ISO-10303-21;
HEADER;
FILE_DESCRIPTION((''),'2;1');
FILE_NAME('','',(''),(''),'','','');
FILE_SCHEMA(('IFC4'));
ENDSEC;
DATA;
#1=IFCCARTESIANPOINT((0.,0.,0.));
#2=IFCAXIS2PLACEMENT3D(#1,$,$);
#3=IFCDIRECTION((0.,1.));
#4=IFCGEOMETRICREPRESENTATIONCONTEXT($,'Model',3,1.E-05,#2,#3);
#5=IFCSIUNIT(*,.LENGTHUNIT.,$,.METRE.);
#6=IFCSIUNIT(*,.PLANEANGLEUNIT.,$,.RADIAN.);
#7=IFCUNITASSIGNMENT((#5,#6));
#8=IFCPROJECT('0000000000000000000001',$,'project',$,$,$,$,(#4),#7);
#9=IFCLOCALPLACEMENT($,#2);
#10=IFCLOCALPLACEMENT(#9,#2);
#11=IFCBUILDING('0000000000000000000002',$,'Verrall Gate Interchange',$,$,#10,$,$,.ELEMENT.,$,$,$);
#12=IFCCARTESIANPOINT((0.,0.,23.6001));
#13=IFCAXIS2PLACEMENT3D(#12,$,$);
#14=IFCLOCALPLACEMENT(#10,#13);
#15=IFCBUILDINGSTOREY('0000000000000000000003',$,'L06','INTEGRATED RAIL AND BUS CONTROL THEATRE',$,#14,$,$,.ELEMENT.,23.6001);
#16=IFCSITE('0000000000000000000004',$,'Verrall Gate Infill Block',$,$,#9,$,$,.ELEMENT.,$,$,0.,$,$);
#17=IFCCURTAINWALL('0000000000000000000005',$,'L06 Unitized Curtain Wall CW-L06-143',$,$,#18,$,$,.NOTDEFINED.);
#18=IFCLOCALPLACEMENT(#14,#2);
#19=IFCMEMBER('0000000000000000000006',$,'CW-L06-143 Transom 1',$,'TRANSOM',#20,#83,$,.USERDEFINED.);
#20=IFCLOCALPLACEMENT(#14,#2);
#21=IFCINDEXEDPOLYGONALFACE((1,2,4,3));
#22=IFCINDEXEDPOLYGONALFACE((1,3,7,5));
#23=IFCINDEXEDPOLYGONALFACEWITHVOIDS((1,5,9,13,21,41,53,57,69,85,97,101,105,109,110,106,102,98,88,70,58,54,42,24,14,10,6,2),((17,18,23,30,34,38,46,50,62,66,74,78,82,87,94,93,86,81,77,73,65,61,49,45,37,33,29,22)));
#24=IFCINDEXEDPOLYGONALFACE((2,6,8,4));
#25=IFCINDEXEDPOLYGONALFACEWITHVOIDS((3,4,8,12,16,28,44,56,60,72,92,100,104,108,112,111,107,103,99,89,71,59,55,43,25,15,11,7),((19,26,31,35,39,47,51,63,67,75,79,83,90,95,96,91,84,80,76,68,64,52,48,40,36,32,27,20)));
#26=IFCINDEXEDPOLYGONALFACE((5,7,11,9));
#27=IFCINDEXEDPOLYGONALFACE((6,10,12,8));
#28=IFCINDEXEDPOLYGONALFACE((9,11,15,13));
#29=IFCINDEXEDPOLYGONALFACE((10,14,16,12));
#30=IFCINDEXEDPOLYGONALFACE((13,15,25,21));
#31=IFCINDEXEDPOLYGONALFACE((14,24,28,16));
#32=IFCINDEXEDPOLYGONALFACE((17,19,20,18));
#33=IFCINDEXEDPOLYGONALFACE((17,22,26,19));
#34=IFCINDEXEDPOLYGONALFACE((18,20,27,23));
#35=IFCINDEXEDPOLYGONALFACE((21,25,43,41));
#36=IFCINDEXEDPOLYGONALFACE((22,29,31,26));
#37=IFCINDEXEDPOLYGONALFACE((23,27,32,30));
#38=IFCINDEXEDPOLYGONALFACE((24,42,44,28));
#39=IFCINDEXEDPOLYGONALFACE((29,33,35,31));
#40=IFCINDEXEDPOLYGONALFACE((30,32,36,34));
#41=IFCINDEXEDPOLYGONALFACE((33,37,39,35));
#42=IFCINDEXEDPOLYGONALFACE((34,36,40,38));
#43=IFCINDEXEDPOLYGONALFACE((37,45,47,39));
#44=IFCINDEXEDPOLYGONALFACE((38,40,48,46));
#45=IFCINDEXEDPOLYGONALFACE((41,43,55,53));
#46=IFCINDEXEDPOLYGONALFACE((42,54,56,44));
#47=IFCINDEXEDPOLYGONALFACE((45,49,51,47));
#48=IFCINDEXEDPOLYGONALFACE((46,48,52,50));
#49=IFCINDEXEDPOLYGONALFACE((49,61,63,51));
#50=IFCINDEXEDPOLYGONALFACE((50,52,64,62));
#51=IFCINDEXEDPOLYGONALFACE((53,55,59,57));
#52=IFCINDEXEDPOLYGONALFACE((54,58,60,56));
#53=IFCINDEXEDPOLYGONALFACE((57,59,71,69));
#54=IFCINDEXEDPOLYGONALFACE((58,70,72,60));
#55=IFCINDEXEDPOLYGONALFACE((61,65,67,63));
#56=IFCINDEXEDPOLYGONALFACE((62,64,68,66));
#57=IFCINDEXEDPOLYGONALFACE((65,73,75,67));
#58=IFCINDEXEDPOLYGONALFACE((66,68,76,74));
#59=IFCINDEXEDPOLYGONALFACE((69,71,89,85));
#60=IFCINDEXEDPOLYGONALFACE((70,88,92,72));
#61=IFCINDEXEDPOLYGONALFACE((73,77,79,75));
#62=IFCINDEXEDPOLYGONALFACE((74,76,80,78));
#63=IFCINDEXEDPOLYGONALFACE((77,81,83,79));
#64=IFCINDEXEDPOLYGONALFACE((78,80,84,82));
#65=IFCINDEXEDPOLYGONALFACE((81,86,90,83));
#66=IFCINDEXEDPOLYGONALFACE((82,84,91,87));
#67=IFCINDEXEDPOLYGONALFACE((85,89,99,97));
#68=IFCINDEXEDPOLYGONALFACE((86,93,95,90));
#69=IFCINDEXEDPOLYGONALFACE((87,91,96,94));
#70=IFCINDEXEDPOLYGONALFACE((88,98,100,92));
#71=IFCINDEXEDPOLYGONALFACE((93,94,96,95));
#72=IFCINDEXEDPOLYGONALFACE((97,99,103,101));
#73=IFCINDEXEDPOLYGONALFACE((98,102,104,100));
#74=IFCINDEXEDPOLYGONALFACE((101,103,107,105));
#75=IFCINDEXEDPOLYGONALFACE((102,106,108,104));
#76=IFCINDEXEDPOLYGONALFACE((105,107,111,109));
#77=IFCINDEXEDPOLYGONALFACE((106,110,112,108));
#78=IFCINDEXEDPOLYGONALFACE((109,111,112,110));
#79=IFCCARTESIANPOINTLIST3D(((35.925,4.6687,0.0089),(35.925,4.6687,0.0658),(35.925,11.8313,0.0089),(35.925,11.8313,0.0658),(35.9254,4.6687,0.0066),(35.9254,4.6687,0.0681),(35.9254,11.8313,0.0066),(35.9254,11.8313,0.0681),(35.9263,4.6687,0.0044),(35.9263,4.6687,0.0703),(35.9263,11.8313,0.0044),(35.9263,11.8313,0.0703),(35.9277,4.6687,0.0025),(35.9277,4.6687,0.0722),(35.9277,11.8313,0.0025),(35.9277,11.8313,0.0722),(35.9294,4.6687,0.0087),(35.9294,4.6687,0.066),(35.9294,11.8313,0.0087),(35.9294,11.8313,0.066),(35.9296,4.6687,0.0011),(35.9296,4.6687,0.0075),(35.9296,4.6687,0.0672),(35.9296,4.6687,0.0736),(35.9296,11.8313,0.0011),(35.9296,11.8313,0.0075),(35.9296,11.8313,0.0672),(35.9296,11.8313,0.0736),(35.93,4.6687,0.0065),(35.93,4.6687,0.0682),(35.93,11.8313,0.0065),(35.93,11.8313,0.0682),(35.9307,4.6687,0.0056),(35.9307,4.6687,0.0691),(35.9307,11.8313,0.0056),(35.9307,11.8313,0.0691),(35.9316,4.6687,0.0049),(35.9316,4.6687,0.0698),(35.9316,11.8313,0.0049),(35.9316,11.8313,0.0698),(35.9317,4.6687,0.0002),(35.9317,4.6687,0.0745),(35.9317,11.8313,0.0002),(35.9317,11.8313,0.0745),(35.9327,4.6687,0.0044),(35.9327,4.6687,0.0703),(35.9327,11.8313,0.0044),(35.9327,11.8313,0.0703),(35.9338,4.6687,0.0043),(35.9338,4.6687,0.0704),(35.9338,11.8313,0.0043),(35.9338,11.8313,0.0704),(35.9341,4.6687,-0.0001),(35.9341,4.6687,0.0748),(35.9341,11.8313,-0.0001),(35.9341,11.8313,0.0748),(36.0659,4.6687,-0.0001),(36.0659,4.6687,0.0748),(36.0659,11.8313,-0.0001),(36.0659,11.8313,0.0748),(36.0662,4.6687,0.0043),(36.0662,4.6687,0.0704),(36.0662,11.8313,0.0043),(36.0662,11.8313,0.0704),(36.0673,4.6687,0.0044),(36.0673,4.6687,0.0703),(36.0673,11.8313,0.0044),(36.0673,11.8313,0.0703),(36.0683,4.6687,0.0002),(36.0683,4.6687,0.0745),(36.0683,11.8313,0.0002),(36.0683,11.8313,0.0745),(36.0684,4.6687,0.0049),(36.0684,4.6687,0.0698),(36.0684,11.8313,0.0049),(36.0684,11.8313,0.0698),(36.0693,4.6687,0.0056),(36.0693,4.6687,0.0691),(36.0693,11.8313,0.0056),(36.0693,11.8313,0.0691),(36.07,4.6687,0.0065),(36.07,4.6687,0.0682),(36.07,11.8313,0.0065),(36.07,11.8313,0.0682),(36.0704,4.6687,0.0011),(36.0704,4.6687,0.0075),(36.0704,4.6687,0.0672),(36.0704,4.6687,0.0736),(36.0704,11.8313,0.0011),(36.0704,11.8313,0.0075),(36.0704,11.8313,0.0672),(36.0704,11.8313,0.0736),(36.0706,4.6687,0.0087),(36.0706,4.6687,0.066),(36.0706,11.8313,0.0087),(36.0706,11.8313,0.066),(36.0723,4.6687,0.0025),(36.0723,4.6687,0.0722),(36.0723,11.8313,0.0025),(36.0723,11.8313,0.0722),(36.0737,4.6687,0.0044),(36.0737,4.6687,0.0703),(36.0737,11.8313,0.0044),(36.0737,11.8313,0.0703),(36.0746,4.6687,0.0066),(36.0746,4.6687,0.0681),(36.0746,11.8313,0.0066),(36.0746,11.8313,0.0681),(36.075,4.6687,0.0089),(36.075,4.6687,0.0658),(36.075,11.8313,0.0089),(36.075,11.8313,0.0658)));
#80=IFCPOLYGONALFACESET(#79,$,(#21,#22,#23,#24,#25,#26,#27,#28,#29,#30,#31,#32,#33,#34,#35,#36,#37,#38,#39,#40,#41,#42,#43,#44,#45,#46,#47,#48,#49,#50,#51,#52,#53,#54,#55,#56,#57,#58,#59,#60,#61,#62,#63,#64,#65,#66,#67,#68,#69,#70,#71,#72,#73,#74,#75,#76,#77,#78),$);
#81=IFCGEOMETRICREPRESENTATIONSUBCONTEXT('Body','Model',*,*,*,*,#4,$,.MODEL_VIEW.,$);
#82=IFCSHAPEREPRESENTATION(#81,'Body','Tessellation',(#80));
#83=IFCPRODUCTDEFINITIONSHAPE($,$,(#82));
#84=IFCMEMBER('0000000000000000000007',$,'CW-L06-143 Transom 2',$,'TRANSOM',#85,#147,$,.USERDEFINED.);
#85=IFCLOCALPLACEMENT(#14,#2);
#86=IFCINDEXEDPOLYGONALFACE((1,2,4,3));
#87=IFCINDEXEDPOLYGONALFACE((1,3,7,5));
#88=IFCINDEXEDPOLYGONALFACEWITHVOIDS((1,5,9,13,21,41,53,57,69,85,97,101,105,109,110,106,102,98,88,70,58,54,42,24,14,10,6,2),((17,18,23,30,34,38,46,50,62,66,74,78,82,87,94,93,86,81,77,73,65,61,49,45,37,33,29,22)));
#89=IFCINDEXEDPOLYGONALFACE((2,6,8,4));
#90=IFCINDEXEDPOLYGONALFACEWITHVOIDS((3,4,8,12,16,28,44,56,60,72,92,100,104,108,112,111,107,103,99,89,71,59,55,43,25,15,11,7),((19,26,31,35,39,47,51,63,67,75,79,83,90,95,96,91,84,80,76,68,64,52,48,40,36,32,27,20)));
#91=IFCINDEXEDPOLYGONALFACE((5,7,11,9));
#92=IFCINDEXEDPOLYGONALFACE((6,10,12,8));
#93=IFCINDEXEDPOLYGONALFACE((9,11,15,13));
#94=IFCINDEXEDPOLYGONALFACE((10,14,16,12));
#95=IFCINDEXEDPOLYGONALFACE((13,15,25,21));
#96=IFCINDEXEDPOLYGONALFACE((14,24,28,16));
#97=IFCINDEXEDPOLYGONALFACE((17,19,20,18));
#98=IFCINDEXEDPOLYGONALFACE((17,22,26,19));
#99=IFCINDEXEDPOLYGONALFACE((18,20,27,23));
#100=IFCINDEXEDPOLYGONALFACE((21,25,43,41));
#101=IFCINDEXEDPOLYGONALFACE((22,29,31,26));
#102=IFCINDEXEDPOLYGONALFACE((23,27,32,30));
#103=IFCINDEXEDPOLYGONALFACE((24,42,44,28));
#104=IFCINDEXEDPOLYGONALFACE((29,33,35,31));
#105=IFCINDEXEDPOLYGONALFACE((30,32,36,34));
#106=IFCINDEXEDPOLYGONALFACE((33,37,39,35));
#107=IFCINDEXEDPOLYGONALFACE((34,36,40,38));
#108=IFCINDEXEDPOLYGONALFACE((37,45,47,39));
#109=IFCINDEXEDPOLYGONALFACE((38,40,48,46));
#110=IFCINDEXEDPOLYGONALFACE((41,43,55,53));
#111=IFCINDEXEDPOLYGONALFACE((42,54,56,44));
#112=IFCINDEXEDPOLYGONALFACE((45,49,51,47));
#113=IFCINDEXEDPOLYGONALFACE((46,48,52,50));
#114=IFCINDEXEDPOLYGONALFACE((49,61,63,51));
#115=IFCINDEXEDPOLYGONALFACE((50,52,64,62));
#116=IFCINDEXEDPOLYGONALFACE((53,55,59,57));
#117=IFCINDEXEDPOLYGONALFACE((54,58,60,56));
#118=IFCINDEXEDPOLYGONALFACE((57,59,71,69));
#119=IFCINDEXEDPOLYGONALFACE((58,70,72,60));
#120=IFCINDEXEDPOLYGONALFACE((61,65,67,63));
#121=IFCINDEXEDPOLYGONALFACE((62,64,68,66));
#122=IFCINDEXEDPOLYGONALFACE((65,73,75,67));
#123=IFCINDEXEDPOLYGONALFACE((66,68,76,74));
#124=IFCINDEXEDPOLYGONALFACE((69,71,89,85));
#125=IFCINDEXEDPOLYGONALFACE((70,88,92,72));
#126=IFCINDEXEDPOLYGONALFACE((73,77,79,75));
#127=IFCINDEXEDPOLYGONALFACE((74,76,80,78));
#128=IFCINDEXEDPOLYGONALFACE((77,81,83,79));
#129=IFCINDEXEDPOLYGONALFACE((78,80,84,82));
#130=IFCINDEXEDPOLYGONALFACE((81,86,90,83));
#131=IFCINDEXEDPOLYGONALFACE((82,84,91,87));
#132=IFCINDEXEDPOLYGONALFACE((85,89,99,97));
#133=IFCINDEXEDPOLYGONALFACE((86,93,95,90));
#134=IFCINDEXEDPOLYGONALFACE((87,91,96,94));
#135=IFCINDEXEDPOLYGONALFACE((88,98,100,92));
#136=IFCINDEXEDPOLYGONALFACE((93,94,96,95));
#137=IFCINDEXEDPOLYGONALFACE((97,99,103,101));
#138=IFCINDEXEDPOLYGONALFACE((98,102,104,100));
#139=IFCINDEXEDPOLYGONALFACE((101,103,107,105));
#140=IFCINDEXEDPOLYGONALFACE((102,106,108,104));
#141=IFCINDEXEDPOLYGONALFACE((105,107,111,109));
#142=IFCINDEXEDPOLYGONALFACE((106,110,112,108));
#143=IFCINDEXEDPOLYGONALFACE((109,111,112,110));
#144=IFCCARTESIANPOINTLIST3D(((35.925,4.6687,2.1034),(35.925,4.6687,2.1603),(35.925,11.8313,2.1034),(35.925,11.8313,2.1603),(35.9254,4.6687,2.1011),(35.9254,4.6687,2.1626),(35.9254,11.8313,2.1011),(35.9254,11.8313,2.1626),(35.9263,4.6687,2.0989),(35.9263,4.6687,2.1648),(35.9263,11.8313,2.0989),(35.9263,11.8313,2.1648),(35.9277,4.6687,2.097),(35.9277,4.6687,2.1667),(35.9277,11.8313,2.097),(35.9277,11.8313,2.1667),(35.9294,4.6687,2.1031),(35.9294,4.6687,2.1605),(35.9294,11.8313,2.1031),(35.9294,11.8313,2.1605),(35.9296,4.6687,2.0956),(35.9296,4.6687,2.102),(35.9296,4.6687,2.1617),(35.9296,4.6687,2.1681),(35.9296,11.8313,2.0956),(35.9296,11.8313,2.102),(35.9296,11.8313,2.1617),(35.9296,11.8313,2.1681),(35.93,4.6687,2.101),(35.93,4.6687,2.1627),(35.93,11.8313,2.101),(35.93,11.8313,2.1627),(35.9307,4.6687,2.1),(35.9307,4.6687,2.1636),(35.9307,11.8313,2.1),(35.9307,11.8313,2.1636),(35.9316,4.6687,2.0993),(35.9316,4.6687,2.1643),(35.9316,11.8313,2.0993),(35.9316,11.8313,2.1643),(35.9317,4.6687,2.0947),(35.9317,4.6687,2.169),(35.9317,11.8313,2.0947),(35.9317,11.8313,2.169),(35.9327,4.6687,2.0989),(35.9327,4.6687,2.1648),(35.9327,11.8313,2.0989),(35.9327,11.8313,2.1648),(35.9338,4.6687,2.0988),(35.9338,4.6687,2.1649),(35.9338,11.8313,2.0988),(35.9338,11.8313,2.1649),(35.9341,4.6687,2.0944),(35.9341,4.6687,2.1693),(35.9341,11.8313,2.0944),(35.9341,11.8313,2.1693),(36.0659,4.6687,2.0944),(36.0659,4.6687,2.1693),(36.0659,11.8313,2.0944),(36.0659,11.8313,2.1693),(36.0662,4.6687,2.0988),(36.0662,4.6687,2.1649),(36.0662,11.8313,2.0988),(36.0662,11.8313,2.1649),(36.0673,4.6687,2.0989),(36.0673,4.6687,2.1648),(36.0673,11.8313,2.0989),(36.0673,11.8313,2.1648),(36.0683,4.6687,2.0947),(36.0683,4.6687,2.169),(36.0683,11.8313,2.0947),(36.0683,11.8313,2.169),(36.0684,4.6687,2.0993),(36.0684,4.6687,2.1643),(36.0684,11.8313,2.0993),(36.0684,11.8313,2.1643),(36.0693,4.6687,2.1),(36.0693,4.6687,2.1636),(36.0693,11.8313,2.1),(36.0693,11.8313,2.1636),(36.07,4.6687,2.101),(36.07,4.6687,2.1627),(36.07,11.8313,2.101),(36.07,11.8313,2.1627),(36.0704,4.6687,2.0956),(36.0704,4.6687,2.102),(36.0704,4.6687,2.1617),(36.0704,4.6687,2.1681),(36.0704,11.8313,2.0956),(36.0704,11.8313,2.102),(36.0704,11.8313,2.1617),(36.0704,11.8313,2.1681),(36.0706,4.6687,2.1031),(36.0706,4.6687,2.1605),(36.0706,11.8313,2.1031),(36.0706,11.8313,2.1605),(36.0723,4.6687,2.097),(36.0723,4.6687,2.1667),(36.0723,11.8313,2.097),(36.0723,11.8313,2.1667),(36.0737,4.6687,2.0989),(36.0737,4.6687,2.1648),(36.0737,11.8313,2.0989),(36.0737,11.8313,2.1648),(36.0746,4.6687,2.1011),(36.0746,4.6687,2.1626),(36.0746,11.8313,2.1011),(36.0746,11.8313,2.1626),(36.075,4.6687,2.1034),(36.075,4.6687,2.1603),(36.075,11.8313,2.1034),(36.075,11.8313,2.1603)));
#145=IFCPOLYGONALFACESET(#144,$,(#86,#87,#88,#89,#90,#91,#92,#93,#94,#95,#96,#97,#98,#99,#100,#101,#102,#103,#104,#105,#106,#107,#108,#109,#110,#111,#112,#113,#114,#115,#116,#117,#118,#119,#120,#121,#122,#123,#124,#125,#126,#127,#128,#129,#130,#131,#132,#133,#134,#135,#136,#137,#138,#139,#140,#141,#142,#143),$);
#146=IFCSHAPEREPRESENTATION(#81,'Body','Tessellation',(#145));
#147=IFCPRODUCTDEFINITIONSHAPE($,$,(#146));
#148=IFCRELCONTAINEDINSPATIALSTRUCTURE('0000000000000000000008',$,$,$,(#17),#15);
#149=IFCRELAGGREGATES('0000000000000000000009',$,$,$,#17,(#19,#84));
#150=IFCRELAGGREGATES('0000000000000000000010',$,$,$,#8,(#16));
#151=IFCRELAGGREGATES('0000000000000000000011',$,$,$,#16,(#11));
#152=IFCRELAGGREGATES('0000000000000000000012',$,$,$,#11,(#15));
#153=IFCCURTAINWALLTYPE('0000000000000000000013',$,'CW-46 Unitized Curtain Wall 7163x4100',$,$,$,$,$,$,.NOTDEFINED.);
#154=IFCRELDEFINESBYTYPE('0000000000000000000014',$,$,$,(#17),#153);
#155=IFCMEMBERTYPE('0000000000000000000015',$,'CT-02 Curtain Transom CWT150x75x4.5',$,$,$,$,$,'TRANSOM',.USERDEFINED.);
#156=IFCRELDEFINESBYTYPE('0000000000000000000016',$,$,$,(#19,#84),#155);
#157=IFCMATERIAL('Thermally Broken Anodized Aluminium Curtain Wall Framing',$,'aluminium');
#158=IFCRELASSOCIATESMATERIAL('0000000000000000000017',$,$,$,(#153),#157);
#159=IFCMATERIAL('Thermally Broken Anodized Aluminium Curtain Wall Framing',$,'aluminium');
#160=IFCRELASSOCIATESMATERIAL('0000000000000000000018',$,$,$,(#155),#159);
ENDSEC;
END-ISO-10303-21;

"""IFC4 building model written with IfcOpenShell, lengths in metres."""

from ifc_helpers import new_model, si_unit, direction, frame, origin, origin_2d, place, context, subcontext, project, spatial, hollow_rectangle, extrude, material, material_profile, profile_set, type_object, element, aggregate, save


model = new_model("IFC4")

# Units and contexts
model_context = context("Model", 3, precision=1e-05, world=origin(), true_north=direction((0.0, 1.0)))
body_context = subcontext(model_context, "Body", "Model", "MODEL_VIEW")
ifc_project = project(units=[si_unit("LENGTHUNIT", "METRE"), si_unit("PLANEANGLEUNIT", "RADIAN")], contexts=[model_context])

# Site, building, storey
site_placement = place(None, origin())
site = spatial("IfcSite", under=ifc_project, at=site_placement, Name="Verrall Gate Infill Block", CompositionType="ELEMENT", RefElevation=0.0)
building_placement = place(site_placement, origin())
building = spatial("IfcBuilding", under=site, at=building_placement, Name="Verrall Gate Interchange", CompositionType="ELEMENT")
storey_placement = place(building_placement, frame((0.0, 0.0, 23.6001)))
storey = spatial("IfcBuildingStorey", under=building, at=storey_placement, Name="L06", Description="INTEGRATED RAIL AND BUS CONTROL THEATRE", CompositionType="ELEMENT", Elevation=23.6001)

# Curtain wall
ifc_material_1 = material(Name="Thermally Broken Anodized Aluminium Curtain Wall Framing", Category="aluminium")
curtain_wall_type_1 = type_object("IfcCurtainWallType", Name="CW-46 Unitized Curtain Wall 7163x4100", PredefinedType="NOTDEFINED", material=ifc_material_1)
curtain_wall_1_placement = place(storey_placement, origin())
curtain_wall_1 = element("IfcCurtainWall", 1, at=curtain_wall_1_placement, inside=storey, type_object=curtain_wall_type_1, Name="L06 Unitized Curtain Wall CW-L06-143", PredefinedType="NOTDEFINED")

# Members
ifc_material_2 = material(Name="Thermally Broken Anodized Aluminium Curtain Wall Framing", Category="aluminium")
ifc_material_profile_1 = material_profile(ifc_material_2, hollow_rectangle(XDim=0.1499, YDim=0.075, WallThickness=0.0044, InnerFilletRadius=0.0044, OuterFilletRadius=0.009, at=origin_2d()), Name="CWT150x75x4.5")
ifc_profile_set_1 = profile_set([ifc_material_profile_1], Name="Thermally Broken Anodized Aluminium Curtain Wall Framing")
member_type_1 = type_object("IfcMemberType", Name="CT-02 Curtain Transom CWT150x75x4.5", ElementType="TRANSOM", PredefinedType="USERDEFINED", material=ifc_profile_set_1)
member_1_placement = place(storey_placement, frame((36.0, 4.6687, 0.0374), z_axis=(0.0, 1.0, 0.0), x_axis=(-1.0, 0.0, 0.0)))
member_1 = element("IfcMember", 2, at=member_1_placement, type_object=member_type_1, Name="CW-L06-143 Transom 1", ObjectType="TRANSOM", PredefinedType="USERDEFINED", context=body_context, shape_type="SweptSolid", body=[
    extrude(hollow_rectangle(XDim=0.1499, YDim=0.075, WallThickness=0.0044, InnerFilletRadius=0.0044, OuterFilletRadius=0.009, at=origin_2d()), origin(), (0.0, 0.0, 1.0), 7.1626),
])
member_2_placement = place(storey_placement, frame((36.0, 4.6687, 2.1318), z_axis=(0.0, 1.0, 0.0), x_axis=(-1.0, 0.0, 0.0)))
member_2 = element("IfcMember", 3, at=member_2_placement, type_object=member_type_1, Name="CW-L06-143 Transom 2", ObjectType="TRANSOM", PredefinedType="USERDEFINED", context=body_context, shape_type="SweptSolid", body=[
    extrude(hollow_rectangle(XDim=0.1499, YDim=0.075, WallThickness=0.0044, InnerFilletRadius=0.0044, OuterFilletRadius=0.009, at=origin_2d()), origin(), (0.0, 0.0, 1.0), 7.1626),
])

aggregate(curtain_wall_1, [member_1, member_2])

save(model, "model.ifc")
